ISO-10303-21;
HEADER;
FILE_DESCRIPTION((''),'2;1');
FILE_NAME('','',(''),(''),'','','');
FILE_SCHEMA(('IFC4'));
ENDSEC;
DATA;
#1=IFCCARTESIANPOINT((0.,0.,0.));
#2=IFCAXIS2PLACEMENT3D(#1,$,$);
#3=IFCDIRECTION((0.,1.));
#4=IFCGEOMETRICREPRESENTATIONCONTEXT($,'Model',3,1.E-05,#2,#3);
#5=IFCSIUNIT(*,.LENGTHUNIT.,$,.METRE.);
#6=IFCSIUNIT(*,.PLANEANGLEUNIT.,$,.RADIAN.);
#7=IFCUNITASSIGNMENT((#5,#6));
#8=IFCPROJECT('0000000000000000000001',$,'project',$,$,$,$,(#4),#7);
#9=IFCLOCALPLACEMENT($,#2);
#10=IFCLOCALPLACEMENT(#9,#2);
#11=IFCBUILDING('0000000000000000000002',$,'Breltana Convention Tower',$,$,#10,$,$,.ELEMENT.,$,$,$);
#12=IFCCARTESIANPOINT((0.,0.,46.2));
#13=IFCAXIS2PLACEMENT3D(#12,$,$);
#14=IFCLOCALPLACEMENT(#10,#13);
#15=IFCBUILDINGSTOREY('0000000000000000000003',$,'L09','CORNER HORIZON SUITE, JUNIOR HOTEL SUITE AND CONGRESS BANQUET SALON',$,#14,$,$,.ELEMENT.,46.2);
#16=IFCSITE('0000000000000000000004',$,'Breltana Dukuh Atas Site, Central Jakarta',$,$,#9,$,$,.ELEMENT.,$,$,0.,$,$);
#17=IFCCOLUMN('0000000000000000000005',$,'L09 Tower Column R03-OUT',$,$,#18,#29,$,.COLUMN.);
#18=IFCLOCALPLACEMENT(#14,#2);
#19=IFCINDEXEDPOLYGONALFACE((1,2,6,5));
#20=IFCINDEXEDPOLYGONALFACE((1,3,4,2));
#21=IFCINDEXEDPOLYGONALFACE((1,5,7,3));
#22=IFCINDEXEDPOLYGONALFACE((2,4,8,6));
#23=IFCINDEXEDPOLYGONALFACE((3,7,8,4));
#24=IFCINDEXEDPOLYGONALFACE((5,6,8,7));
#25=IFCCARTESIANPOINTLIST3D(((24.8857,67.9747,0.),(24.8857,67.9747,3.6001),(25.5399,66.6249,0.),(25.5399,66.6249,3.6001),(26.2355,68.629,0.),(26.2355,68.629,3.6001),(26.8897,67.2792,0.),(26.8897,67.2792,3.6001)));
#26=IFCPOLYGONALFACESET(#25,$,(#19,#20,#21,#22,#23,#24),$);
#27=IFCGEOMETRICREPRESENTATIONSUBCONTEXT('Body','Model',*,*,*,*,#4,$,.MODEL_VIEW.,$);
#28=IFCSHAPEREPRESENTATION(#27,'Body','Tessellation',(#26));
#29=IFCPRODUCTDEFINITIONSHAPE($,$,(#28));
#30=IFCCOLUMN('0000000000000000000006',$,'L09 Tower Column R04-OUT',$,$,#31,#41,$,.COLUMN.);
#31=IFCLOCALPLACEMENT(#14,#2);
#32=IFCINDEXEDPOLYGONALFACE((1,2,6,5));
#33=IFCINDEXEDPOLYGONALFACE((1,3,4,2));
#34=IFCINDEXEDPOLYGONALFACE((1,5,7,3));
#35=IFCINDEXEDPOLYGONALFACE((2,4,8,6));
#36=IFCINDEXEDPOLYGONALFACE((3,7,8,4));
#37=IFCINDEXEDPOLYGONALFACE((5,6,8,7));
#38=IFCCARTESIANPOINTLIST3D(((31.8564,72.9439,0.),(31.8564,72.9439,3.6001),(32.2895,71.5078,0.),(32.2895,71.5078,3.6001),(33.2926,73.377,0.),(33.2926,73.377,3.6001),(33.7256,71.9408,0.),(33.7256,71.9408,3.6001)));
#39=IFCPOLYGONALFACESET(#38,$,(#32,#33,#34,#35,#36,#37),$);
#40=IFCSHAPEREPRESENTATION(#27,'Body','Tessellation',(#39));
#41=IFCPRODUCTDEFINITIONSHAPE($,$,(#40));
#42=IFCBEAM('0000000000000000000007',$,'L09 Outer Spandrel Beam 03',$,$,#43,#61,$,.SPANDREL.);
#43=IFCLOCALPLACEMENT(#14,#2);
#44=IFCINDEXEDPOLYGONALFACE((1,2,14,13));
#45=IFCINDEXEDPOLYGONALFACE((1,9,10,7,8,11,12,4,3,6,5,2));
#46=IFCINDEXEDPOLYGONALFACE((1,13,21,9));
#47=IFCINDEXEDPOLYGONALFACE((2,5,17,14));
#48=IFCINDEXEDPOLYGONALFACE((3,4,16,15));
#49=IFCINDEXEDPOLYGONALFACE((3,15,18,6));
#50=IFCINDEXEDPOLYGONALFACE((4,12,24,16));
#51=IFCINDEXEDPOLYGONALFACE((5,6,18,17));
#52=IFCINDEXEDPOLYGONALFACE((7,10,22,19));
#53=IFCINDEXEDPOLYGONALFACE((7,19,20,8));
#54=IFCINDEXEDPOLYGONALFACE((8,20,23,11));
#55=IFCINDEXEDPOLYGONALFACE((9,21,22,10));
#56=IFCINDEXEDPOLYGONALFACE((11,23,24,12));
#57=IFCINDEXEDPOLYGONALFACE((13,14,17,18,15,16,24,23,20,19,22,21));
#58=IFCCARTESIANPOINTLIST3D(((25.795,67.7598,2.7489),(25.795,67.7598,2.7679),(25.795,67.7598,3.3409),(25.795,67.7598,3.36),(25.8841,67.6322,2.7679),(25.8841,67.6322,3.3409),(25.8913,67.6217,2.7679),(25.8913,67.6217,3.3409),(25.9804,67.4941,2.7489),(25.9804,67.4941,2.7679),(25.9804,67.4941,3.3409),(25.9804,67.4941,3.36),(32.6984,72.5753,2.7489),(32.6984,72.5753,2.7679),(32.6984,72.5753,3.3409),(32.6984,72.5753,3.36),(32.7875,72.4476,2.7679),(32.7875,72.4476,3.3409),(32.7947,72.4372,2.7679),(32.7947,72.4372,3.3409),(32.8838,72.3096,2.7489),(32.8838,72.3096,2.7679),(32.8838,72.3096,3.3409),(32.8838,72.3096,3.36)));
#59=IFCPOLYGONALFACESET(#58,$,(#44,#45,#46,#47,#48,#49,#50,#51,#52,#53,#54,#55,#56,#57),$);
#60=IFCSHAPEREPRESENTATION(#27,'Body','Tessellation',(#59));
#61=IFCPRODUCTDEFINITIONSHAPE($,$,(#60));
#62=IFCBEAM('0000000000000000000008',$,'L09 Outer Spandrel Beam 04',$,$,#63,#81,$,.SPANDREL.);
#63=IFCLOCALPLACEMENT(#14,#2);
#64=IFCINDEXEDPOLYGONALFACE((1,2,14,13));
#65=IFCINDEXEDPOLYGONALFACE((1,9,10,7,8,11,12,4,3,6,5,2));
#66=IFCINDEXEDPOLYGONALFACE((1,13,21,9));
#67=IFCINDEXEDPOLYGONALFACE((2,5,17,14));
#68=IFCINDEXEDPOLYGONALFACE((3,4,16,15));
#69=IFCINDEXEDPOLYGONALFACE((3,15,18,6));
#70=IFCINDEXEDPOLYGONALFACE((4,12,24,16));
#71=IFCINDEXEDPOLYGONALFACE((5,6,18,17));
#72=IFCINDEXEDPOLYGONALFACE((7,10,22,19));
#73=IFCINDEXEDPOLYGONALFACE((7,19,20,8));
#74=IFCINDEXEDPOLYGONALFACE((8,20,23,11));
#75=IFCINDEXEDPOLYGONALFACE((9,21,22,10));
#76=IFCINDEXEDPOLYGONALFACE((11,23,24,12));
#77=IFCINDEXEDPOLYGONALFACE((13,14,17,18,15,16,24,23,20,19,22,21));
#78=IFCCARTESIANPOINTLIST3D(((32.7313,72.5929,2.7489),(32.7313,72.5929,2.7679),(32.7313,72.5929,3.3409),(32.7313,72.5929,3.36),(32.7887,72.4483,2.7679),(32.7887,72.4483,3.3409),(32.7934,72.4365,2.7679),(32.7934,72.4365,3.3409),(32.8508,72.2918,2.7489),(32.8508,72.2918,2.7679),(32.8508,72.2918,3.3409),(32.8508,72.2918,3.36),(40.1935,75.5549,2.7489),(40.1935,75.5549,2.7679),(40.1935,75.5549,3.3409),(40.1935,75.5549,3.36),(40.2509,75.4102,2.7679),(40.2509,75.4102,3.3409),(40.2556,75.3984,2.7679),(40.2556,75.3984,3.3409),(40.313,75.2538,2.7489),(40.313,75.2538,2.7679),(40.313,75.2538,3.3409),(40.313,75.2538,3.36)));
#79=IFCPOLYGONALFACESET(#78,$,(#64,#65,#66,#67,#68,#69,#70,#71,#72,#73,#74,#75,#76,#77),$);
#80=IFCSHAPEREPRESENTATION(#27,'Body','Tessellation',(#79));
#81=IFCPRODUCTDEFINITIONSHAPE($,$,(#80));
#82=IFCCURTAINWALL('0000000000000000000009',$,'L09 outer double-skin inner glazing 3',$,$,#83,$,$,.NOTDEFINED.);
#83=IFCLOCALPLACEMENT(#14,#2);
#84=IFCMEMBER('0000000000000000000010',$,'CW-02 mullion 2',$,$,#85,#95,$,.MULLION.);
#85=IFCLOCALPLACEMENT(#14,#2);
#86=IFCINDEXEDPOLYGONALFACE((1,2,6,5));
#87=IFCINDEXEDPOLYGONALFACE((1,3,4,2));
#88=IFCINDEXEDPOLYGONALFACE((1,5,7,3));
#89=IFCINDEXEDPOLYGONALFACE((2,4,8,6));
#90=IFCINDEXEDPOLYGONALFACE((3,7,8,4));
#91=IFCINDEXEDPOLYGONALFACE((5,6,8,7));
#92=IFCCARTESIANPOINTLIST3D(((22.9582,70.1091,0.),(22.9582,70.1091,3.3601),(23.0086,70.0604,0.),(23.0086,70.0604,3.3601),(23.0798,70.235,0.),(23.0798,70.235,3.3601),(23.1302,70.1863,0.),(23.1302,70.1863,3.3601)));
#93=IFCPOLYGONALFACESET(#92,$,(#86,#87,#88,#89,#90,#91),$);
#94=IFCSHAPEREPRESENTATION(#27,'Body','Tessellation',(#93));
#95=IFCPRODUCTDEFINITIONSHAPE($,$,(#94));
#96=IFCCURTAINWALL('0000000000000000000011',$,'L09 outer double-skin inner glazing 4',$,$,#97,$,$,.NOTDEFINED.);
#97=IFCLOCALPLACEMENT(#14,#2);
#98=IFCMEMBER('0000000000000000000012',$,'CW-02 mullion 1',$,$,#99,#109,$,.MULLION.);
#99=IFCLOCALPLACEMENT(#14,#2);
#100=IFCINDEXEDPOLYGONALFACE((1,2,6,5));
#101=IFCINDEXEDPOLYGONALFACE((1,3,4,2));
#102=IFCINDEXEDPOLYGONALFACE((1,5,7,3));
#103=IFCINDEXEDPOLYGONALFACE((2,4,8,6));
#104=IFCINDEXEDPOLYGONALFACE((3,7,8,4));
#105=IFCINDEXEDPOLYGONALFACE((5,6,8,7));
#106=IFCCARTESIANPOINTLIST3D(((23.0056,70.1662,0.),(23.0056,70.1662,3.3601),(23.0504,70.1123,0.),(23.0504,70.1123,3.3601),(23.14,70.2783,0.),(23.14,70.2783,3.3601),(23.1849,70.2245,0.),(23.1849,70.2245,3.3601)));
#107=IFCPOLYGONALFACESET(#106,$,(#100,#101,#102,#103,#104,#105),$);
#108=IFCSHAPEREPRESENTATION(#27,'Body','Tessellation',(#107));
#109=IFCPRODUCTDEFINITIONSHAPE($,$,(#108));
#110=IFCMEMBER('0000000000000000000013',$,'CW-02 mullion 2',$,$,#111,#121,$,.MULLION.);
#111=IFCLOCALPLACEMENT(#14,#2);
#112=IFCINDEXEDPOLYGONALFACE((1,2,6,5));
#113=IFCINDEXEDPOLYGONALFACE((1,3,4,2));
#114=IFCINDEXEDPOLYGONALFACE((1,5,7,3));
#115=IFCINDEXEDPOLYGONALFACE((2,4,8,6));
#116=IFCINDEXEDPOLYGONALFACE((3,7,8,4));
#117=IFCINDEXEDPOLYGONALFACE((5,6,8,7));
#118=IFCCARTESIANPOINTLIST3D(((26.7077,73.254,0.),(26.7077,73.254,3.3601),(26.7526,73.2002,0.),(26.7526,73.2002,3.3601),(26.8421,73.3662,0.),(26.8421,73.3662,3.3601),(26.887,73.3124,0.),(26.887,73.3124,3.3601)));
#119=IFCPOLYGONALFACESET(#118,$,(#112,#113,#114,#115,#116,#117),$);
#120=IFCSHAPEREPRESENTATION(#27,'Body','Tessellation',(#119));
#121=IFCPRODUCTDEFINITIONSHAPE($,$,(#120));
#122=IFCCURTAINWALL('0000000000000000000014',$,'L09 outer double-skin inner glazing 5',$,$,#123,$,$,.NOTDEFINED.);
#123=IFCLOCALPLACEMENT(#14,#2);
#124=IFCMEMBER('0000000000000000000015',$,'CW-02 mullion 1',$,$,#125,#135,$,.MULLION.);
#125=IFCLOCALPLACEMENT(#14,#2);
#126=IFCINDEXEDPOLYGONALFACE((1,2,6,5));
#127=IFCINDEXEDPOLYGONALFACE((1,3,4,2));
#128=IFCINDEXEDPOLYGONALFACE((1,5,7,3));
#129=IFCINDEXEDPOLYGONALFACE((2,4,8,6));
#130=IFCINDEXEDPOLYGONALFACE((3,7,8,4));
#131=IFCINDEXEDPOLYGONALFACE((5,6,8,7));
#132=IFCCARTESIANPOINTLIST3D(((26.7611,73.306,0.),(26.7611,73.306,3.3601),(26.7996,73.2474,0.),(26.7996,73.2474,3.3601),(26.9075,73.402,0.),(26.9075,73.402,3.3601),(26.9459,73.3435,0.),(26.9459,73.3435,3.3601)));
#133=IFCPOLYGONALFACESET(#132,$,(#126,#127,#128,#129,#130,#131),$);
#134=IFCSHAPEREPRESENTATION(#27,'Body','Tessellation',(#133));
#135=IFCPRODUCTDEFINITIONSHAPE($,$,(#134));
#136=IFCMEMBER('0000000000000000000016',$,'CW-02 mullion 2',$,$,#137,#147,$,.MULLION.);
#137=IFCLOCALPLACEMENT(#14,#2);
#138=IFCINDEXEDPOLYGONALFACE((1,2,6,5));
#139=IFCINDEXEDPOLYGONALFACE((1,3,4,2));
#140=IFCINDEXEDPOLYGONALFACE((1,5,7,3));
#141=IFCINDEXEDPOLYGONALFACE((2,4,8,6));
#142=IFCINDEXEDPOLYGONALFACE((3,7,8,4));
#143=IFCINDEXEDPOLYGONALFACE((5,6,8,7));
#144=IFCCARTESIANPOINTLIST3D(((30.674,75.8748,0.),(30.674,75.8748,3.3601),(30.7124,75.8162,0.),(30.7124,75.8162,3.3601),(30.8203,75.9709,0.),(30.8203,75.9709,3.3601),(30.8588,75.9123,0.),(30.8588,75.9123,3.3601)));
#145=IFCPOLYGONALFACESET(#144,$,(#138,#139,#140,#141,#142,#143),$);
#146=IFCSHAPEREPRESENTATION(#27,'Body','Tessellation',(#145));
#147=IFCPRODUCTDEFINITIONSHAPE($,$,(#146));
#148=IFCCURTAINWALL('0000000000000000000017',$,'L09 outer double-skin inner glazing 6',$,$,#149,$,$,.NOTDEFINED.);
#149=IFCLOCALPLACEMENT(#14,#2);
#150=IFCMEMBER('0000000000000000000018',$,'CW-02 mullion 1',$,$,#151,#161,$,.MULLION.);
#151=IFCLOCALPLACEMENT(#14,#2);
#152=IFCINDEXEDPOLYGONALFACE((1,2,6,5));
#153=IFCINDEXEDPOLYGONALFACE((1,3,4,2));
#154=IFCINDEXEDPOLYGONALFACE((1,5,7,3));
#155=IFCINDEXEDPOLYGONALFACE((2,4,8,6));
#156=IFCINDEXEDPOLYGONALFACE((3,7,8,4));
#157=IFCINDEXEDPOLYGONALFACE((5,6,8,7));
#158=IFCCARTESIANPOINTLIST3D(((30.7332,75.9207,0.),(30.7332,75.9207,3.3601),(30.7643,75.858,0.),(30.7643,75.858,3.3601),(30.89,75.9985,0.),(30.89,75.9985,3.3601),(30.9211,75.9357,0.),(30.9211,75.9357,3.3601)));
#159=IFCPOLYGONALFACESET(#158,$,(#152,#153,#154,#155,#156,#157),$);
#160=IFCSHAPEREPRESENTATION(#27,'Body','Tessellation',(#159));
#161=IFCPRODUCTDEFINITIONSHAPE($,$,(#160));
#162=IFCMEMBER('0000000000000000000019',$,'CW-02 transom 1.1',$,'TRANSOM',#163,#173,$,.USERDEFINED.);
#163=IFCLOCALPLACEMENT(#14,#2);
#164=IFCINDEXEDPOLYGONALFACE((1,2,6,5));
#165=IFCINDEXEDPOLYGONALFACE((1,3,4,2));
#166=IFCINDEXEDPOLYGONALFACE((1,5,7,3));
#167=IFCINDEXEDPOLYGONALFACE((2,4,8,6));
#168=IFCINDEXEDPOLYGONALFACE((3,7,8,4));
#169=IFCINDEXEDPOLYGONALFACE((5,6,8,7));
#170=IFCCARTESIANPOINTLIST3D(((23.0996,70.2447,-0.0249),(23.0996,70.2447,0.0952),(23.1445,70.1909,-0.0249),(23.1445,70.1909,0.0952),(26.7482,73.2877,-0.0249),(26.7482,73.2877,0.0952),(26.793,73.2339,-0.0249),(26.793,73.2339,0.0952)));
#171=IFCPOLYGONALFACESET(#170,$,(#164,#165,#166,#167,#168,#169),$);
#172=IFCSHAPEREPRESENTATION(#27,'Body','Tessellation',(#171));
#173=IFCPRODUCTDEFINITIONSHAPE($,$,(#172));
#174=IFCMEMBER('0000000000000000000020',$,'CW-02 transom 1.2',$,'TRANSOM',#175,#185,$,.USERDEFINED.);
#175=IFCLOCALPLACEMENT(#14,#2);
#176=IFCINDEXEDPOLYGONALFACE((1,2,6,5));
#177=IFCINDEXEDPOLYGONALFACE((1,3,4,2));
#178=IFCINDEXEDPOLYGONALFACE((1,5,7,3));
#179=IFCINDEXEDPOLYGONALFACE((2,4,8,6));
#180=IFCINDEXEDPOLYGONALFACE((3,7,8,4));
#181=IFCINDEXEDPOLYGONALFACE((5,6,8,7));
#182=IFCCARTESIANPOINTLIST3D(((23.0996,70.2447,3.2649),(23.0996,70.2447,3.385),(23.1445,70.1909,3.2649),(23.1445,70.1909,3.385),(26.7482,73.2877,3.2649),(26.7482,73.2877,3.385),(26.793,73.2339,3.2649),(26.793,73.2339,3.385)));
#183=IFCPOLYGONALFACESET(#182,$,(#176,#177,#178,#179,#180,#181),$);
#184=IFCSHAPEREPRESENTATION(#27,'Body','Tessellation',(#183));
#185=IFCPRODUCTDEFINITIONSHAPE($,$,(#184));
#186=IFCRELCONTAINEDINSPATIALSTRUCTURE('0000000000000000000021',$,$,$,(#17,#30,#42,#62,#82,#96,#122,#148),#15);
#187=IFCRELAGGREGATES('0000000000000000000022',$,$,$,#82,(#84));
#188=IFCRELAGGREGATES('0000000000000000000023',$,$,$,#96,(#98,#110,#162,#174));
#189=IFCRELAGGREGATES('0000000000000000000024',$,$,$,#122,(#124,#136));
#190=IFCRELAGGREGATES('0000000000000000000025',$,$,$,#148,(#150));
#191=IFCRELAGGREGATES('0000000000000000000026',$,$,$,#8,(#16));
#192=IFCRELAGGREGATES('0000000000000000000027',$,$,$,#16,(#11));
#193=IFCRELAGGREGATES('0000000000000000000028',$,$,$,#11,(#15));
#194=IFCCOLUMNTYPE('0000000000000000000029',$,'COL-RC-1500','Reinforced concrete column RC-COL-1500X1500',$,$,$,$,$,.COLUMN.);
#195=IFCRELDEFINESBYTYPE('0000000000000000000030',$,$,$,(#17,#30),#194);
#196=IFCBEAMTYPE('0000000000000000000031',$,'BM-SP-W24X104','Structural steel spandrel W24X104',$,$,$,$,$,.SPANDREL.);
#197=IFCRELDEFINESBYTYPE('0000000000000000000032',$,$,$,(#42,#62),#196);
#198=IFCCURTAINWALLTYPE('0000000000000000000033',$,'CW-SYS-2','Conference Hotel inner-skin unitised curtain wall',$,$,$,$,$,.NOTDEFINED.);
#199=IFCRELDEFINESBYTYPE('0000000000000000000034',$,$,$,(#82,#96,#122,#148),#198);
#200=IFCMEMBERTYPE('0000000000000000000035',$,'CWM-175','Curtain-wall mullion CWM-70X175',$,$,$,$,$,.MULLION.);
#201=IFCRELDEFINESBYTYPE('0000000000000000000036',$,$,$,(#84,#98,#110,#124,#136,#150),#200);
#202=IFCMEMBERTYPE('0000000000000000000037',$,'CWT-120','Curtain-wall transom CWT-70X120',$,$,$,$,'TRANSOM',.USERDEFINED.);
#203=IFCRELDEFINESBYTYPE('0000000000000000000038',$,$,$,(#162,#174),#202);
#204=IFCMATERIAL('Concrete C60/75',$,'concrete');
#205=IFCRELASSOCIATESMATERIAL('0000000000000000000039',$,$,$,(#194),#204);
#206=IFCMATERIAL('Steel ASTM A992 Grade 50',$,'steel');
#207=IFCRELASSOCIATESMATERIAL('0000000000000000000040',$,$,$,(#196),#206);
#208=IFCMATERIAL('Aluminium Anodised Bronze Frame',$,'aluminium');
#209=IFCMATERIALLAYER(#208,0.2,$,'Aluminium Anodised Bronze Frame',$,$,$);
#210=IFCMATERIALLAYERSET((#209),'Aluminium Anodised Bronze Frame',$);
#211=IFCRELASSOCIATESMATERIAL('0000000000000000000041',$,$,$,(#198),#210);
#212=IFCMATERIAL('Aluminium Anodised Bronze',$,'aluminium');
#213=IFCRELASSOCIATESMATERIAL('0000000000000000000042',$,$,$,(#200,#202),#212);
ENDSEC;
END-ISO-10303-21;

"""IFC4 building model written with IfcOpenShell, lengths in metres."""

from ifc_helpers import new_model, si_unit, direction, frame, origin, origin_2d, place, context, subcontext, project, spatial, rectangle, i_section, extrude, source, transform, mapped, material, layer, layer_set, material_profile, profile_set, type_object, type_shapes, element, aggregate, save


model = new_model("IFC4")

# Units and contexts
model_context = context("Model", 3, precision=1e-05, world=origin(), true_north=direction((0.0, 1.0)))
body_context = subcontext(model_context, "Body", "Model", "MODEL_VIEW")
ifc_project = project(units=[si_unit("LENGTHUNIT", "METRE"), si_unit("PLANEANGLEUNIT", "RADIAN")], contexts=[model_context])

# Site, building, storey
site_placement = place(None, origin())
site = spatial("IfcSite", under=ifc_project, at=site_placement, Name="Breltana Dukuh Atas Site, Central Jakarta", CompositionType="ELEMENT", RefElevation=0.0)
building_placement = place(site_placement, origin())
building = spatial("IfcBuilding", under=site, at=building_placement, Name="Breltana Convention Tower", CompositionType="ELEMENT")
storey_placement = place(building_placement, frame((0.0, 0.0, 46.2)))
storey = spatial("IfcBuildingStorey", under=building, at=storey_placement, Name="L09", Description="CORNER HORIZON SUITE, JUNIOR HOTEL SUITE AND CONGRESS BANQUET SALON", CompositionType="ELEMENT", Elevation=46.2)

# Columns
ifc_material_1 = material(Name="Concrete C60/75", Category="concrete")
ifc_material_profile_1 = material_profile(ifc_material_1, rectangle(XDim=1.5, YDim=1.5, at=origin_2d()), Name="RC-COL-1500X1500")
ifc_profile_set_1 = profile_set([ifc_material_profile_1], Name="Concrete C60/75")
column_type = type_object("IfcColumnType", Name="COL-RC-1500", Description="Reinforced concrete column RC-COL-1500X1500", PredefinedType="COLUMN", material=ifc_profile_set_1)
shared_shape_1 = source(origin(), body_context, "Body", "SweptSolid", [
    extrude(rectangle(XDim=1.5, YDim=1.5, at=origin_2d()), origin(), (0.0, 0.0, 1.0), 3.6001),
])
for number, where, z_axis, x_axis, name in (
    (1, (25.8877, 67.627, 0.0), (0.0, 0.0, 1.0), (-0.436174, 0.899863, 0.0), "L09 Tower Column R03-OUT"),
    (2, (32.791, 72.4424, 0.0), (0.0, 0.0, 1.0), (-0.288698, 0.95742, 0.0), "L09 Tower Column R04-OUT"),
):
    element("IfcColumn", number, at=place(storey_placement, frame(where, z_axis=z_axis, x_axis=x_axis)), inside=storey, type_object=column_type, Name=name, PredefinedType="COLUMN", context=body_context, shape_type="MappedRepresentation", body=[
        mapped(shared_shape_1, transform((0.0, 0.0, 0.0), scale=1.0)),
    ])

# Beams
ifc_material_2 = material(Name="Steel ASTM A992 Grade 50", Category="steel")
ifc_material_profile_2 = material_profile(ifc_material_2, i_section(OverallWidth=0.324, OverallDepth=0.6111, WebThickness=0.0127, FlangeThickness=0.019, at=origin_2d()), Name="W24X104")
ifc_profile_set_2 = profile_set([ifc_material_profile_2], Name="Steel ASTM A992 Grade 50")
beam_type = type_object("IfcBeamType", Name="BM-SP-W24X104", Description="Structural steel spandrel W24X104", PredefinedType="SPANDREL", material=ifc_profile_set_2)
shared_shape_2 = source(origin(), body_context, "Body", "SweptSolid", [
    extrude(i_section(OverallWidth=0.324, OverallDepth=0.6111, WebThickness=0.0127, FlangeThickness=0.019, at=origin_2d()), origin(), (0.0, 0.0, 1.0), 8.417),
])
beam_1_placement = place(storey_placement, frame((25.8877, 67.627, 3.0544), z_axis=(0.820174, 0.572114, 0.0), x_axis=(-0.572114, 0.820174, 0.0)))
element("IfcBeam", 3, at=beam_1_placement, inside=storey, type_object=beam_type, Name="L09 Outer Spandrel Beam 03", PredefinedType="SPANDREL", context=body_context, shape_type="MappedRepresentation", body=[
    mapped(shared_shape_2, transform((0.0, 0.0, 0.0), scale=1.0)),
])
shared_shape_3 = source(origin(), body_context, "Body", "SweptSolid", [
    extrude(i_section(OverallWidth=0.324, OverallDepth=0.6111, WebThickness=0.0127, FlangeThickness=0.019, at=origin_2d()), origin(), (0.0, 0.0, 1.0), 8.0286),
])
beam_2_placement = place(storey_placement, frame((32.791, 72.4424, 3.0544), z_axis=(0.929459, 0.368925, 0.0), x_axis=(-0.368925, 0.929459, 0.0)))
element("IfcBeam", 4, at=beam_2_placement, inside=storey, type_object=beam_type, Name="L09 Outer Spandrel Beam 04", PredefinedType="SPANDREL", context=body_context, shape_type="MappedRepresentation", body=[
    mapped(shared_shape_3, transform((0.0, 0.0, 0.0), scale=1.0)),
])

# Curtain wall, member
ifc_material_3 = material(Name="Aluminium Anodised Bronze Frame", Category="aluminium")
ifc_layer_1 = layer(ifc_material_3, 0.2, Name="Aluminium Anodised Bronze Frame")
ifc_layer_set_1 = layer_set([ifc_layer_1], Name="Aluminium Anodised Bronze Frame")
curtain_wall_type = type_object("IfcCurtainWallType", Name="CW-SYS-2", Description="Conference Hotel inner-skin unitised curtain wall", PredefinedType="NOTDEFINED", material=ifc_layer_set_1)
curtain_wall_1_placement = place(storey_placement, origin())
curtain_wall_1 = element("IfcCurtainWall", 5, at=curtain_wall_1_placement, inside=storey, type_object=curtain_wall_type, Name="L09 outer double-skin inner glazing 3", PredefinedType="NOTDEFINED")
ifc_material_4 = material(Name="Aluminium Anodised Bronze", Category="aluminium")
ifc_material_profile_3 = material_profile(ifc_material_4, rectangle(XDim=0.0701, YDim=0.175, at=origin_2d()), Name="CWM-70X175")
ifc_profile_set_3 = profile_set([ifc_material_profile_3], Name="Aluminium Anodised Bronze")
member_type_1 = type_object("IfcMemberType", Name="CWM-175", Description="Curtain-wall mullion CWM-70X175", PredefinedType="MULLION", material=ifc_profile_set_3)
shared_shape_4 = source(origin(), body_context, "Body", "SweptSolid", [
    extrude(rectangle(XDim=0.0701, YDim=0.175, at=origin_2d()), origin(), (0.0, 0.0, 1.0), 3.3601),
])
type_shapes(member_type_1, [shared_shape_4])
member_1_placement = place(storey_placement, frame((23.0442, 70.1477, 0.0), z_axis=(0.0, 0.0, 1.0), x_axis=(-0.719386, 0.69461, 0.0)))
member_1 = element("IfcMember", 6, at=member_1_placement, type_object=member_type_1, Name="CW-02 mullion 2", PredefinedType="MULLION", context=body_context, shape_type="MappedRepresentation", body=[
    mapped(shared_shape_4, transform((0.0, 0.0, 0.0), scale=1.0)),
])
aggregate(curtain_wall_1, [member_1])

# Curtain walls, members
curtain_wall_2_placement = place(storey_placement, origin())
curtain_wall_2 = element("IfcCurtainWall", 7, at=curtain_wall_2_placement, inside=storey, type_object=curtain_wall_type, Name="L09 outer double-skin inner glazing 4", PredefinedType="NOTDEFINED")
member_2_placement = place(storey_placement, frame((23.0952, 70.1953, 0.0), z_axis=(0.0, 0.0, 1.0), x_axis=(-0.64052, 0.767941, 0.0)))
member_2 = element("IfcMember", 8, at=member_2_placement, type_object=member_type_1, Name="CW-02 mullion 1", PredefinedType="MULLION", context=body_context, shape_type="MappedRepresentation", body=[
    mapped(shared_shape_4, transform((0.0, 0.0, 0.0), scale=1.0)),
])
member_3_placement = place(storey_placement, frame((26.7974, 73.2832, 0.0), z_axis=(0.0, 0.0, 1.0), x_axis=(-0.64052, 0.767941, 0.0)))
member_3 = element("IfcMember", 9, at=member_3_placement, type_object=member_type_1, Name="CW-02 mullion 2", PredefinedType="MULLION", context=body_context, shape_type="MappedRepresentation", body=[
    mapped(shared_shape_4, transform((0.0, 0.0, 0.0), scale=1.0)),
])
curtain_wall_3_placement = place(storey_placement, origin())
curtain_wall_3 = element("IfcCurtainWall", 10, at=curtain_wall_3_placement, inside=storey, type_object=curtain_wall_type, Name="L09 outer double-skin inner glazing 5", PredefinedType="NOTDEFINED")
member_4_placement = place(storey_placement, frame((26.8535, 73.3247, 0.0), z_axis=(0.0, 0.0, 1.0), x_axis=(-0.548784, 0.835964, 0.0)))
member_4 = element("IfcMember", 11, at=member_4_placement, type_object=member_type_1, Name="CW-02 mullion 1", PredefinedType="MULLION", context=body_context, shape_type="MappedRepresentation", body=[
    mapped(shared_shape_4, transform((0.0, 0.0, 0.0), scale=1.0)),
])
member_5_placement = place(storey_placement, frame((30.7664, 75.8936, 0.0), z_axis=(0.0, 0.0, 1.0), x_axis=(-0.548784, 0.835964, 0.0)))
member_5 = element("IfcMember", 12, at=member_5_placement, type_object=member_type_1, Name="CW-02 mullion 2", PredefinedType="MULLION", context=body_context, shape_type="MappedRepresentation", body=[
    mapped(shared_shape_4, transform((0.0, 0.0, 0.0), scale=1.0)),
])

# Curtain wall, member
curtain_wall_4_placement = place(storey_placement, origin())
curtain_wall_4 = element("IfcCurtainWall", 13, at=curtain_wall_4_placement, inside=storey, type_object=curtain_wall_type, Name="L09 outer double-skin inner glazing 6", PredefinedType="NOTDEFINED")
member_6_placement = place(storey_placement, frame((30.8271, 75.9282, 0.0), z_axis=(0.0, 0.0, 1.0), x_axis=(-0.444108, 0.895973, 0.0)))
member_6 = element("IfcMember", 14, at=member_6_placement, type_object=member_type_1, Name="CW-02 mullion 1", PredefinedType="MULLION", context=body_context, shape_type="MappedRepresentation", body=[
    mapped(shared_shape_4, transform((0.0, 0.0, 0.0), scale=1.0)),
])

# Members
ifc_material_profile_4 = material_profile(ifc_material_4, rectangle(XDim=0.0701, YDim=0.1201, at=origin_2d()), Name="CWT-70X120")
ifc_profile_set_4 = profile_set([ifc_material_profile_4], Name="Aluminium Anodised Bronze")
member_type_2 = type_object("IfcMemberType", Name="CWT-120", Description="Curtain-wall transom CWT-70X120", ElementType="TRANSOM", PredefinedType="USERDEFINED", material=ifc_profile_set_4)
shared_shape_5 = source(origin(), body_context, "Body", "SweptSolid", [
    extrude(rectangle(XDim=0.0701, YDim=0.1201, at=origin_2d()), origin(), (0.0, 0.0, 1.0), 4.751),
])
member_7_placement = place(storey_placement, frame((23.1221, 70.2178, 0.0352), z_axis=(0.767952, 0.640508, 0.0), x_axis=(-0.640508, 0.767952, 0.0)))
member_7 = element("IfcMember", 15, at=member_7_placement, type_object=member_type_2, Name="CW-02 transom 1.1", ObjectType="TRANSOM", PredefinedType="USERDEFINED", context=body_context, shape_type="MappedRepresentation", body=[
    mapped(shared_shape_5, transform((0.0, 0.0, 0.0), scale=1.0)),
])
member_8_placement = place(storey_placement, frame((23.1221, 70.2178, 3.325), z_axis=(0.767952, 0.640508, 0.0), x_axis=(-0.640508, 0.767952, 0.0)))
member_8 = element("IfcMember", 16, at=member_8_placement, type_object=member_type_2, Name="CW-02 transom 1.2", ObjectType="TRANSOM", PredefinedType="USERDEFINED", context=body_context, shape_type="MappedRepresentation", body=[
    mapped(shared_shape_5, transform((0.0, 0.0, 0.0), scale=1.0)),
])

aggregate(curtain_wall_2, [member_2, member_3, member_7, member_8])
aggregate(curtain_wall_3, [member_4, member_5])
aggregate(curtain_wall_4, [member_6])

save(model, "model.ifc")
